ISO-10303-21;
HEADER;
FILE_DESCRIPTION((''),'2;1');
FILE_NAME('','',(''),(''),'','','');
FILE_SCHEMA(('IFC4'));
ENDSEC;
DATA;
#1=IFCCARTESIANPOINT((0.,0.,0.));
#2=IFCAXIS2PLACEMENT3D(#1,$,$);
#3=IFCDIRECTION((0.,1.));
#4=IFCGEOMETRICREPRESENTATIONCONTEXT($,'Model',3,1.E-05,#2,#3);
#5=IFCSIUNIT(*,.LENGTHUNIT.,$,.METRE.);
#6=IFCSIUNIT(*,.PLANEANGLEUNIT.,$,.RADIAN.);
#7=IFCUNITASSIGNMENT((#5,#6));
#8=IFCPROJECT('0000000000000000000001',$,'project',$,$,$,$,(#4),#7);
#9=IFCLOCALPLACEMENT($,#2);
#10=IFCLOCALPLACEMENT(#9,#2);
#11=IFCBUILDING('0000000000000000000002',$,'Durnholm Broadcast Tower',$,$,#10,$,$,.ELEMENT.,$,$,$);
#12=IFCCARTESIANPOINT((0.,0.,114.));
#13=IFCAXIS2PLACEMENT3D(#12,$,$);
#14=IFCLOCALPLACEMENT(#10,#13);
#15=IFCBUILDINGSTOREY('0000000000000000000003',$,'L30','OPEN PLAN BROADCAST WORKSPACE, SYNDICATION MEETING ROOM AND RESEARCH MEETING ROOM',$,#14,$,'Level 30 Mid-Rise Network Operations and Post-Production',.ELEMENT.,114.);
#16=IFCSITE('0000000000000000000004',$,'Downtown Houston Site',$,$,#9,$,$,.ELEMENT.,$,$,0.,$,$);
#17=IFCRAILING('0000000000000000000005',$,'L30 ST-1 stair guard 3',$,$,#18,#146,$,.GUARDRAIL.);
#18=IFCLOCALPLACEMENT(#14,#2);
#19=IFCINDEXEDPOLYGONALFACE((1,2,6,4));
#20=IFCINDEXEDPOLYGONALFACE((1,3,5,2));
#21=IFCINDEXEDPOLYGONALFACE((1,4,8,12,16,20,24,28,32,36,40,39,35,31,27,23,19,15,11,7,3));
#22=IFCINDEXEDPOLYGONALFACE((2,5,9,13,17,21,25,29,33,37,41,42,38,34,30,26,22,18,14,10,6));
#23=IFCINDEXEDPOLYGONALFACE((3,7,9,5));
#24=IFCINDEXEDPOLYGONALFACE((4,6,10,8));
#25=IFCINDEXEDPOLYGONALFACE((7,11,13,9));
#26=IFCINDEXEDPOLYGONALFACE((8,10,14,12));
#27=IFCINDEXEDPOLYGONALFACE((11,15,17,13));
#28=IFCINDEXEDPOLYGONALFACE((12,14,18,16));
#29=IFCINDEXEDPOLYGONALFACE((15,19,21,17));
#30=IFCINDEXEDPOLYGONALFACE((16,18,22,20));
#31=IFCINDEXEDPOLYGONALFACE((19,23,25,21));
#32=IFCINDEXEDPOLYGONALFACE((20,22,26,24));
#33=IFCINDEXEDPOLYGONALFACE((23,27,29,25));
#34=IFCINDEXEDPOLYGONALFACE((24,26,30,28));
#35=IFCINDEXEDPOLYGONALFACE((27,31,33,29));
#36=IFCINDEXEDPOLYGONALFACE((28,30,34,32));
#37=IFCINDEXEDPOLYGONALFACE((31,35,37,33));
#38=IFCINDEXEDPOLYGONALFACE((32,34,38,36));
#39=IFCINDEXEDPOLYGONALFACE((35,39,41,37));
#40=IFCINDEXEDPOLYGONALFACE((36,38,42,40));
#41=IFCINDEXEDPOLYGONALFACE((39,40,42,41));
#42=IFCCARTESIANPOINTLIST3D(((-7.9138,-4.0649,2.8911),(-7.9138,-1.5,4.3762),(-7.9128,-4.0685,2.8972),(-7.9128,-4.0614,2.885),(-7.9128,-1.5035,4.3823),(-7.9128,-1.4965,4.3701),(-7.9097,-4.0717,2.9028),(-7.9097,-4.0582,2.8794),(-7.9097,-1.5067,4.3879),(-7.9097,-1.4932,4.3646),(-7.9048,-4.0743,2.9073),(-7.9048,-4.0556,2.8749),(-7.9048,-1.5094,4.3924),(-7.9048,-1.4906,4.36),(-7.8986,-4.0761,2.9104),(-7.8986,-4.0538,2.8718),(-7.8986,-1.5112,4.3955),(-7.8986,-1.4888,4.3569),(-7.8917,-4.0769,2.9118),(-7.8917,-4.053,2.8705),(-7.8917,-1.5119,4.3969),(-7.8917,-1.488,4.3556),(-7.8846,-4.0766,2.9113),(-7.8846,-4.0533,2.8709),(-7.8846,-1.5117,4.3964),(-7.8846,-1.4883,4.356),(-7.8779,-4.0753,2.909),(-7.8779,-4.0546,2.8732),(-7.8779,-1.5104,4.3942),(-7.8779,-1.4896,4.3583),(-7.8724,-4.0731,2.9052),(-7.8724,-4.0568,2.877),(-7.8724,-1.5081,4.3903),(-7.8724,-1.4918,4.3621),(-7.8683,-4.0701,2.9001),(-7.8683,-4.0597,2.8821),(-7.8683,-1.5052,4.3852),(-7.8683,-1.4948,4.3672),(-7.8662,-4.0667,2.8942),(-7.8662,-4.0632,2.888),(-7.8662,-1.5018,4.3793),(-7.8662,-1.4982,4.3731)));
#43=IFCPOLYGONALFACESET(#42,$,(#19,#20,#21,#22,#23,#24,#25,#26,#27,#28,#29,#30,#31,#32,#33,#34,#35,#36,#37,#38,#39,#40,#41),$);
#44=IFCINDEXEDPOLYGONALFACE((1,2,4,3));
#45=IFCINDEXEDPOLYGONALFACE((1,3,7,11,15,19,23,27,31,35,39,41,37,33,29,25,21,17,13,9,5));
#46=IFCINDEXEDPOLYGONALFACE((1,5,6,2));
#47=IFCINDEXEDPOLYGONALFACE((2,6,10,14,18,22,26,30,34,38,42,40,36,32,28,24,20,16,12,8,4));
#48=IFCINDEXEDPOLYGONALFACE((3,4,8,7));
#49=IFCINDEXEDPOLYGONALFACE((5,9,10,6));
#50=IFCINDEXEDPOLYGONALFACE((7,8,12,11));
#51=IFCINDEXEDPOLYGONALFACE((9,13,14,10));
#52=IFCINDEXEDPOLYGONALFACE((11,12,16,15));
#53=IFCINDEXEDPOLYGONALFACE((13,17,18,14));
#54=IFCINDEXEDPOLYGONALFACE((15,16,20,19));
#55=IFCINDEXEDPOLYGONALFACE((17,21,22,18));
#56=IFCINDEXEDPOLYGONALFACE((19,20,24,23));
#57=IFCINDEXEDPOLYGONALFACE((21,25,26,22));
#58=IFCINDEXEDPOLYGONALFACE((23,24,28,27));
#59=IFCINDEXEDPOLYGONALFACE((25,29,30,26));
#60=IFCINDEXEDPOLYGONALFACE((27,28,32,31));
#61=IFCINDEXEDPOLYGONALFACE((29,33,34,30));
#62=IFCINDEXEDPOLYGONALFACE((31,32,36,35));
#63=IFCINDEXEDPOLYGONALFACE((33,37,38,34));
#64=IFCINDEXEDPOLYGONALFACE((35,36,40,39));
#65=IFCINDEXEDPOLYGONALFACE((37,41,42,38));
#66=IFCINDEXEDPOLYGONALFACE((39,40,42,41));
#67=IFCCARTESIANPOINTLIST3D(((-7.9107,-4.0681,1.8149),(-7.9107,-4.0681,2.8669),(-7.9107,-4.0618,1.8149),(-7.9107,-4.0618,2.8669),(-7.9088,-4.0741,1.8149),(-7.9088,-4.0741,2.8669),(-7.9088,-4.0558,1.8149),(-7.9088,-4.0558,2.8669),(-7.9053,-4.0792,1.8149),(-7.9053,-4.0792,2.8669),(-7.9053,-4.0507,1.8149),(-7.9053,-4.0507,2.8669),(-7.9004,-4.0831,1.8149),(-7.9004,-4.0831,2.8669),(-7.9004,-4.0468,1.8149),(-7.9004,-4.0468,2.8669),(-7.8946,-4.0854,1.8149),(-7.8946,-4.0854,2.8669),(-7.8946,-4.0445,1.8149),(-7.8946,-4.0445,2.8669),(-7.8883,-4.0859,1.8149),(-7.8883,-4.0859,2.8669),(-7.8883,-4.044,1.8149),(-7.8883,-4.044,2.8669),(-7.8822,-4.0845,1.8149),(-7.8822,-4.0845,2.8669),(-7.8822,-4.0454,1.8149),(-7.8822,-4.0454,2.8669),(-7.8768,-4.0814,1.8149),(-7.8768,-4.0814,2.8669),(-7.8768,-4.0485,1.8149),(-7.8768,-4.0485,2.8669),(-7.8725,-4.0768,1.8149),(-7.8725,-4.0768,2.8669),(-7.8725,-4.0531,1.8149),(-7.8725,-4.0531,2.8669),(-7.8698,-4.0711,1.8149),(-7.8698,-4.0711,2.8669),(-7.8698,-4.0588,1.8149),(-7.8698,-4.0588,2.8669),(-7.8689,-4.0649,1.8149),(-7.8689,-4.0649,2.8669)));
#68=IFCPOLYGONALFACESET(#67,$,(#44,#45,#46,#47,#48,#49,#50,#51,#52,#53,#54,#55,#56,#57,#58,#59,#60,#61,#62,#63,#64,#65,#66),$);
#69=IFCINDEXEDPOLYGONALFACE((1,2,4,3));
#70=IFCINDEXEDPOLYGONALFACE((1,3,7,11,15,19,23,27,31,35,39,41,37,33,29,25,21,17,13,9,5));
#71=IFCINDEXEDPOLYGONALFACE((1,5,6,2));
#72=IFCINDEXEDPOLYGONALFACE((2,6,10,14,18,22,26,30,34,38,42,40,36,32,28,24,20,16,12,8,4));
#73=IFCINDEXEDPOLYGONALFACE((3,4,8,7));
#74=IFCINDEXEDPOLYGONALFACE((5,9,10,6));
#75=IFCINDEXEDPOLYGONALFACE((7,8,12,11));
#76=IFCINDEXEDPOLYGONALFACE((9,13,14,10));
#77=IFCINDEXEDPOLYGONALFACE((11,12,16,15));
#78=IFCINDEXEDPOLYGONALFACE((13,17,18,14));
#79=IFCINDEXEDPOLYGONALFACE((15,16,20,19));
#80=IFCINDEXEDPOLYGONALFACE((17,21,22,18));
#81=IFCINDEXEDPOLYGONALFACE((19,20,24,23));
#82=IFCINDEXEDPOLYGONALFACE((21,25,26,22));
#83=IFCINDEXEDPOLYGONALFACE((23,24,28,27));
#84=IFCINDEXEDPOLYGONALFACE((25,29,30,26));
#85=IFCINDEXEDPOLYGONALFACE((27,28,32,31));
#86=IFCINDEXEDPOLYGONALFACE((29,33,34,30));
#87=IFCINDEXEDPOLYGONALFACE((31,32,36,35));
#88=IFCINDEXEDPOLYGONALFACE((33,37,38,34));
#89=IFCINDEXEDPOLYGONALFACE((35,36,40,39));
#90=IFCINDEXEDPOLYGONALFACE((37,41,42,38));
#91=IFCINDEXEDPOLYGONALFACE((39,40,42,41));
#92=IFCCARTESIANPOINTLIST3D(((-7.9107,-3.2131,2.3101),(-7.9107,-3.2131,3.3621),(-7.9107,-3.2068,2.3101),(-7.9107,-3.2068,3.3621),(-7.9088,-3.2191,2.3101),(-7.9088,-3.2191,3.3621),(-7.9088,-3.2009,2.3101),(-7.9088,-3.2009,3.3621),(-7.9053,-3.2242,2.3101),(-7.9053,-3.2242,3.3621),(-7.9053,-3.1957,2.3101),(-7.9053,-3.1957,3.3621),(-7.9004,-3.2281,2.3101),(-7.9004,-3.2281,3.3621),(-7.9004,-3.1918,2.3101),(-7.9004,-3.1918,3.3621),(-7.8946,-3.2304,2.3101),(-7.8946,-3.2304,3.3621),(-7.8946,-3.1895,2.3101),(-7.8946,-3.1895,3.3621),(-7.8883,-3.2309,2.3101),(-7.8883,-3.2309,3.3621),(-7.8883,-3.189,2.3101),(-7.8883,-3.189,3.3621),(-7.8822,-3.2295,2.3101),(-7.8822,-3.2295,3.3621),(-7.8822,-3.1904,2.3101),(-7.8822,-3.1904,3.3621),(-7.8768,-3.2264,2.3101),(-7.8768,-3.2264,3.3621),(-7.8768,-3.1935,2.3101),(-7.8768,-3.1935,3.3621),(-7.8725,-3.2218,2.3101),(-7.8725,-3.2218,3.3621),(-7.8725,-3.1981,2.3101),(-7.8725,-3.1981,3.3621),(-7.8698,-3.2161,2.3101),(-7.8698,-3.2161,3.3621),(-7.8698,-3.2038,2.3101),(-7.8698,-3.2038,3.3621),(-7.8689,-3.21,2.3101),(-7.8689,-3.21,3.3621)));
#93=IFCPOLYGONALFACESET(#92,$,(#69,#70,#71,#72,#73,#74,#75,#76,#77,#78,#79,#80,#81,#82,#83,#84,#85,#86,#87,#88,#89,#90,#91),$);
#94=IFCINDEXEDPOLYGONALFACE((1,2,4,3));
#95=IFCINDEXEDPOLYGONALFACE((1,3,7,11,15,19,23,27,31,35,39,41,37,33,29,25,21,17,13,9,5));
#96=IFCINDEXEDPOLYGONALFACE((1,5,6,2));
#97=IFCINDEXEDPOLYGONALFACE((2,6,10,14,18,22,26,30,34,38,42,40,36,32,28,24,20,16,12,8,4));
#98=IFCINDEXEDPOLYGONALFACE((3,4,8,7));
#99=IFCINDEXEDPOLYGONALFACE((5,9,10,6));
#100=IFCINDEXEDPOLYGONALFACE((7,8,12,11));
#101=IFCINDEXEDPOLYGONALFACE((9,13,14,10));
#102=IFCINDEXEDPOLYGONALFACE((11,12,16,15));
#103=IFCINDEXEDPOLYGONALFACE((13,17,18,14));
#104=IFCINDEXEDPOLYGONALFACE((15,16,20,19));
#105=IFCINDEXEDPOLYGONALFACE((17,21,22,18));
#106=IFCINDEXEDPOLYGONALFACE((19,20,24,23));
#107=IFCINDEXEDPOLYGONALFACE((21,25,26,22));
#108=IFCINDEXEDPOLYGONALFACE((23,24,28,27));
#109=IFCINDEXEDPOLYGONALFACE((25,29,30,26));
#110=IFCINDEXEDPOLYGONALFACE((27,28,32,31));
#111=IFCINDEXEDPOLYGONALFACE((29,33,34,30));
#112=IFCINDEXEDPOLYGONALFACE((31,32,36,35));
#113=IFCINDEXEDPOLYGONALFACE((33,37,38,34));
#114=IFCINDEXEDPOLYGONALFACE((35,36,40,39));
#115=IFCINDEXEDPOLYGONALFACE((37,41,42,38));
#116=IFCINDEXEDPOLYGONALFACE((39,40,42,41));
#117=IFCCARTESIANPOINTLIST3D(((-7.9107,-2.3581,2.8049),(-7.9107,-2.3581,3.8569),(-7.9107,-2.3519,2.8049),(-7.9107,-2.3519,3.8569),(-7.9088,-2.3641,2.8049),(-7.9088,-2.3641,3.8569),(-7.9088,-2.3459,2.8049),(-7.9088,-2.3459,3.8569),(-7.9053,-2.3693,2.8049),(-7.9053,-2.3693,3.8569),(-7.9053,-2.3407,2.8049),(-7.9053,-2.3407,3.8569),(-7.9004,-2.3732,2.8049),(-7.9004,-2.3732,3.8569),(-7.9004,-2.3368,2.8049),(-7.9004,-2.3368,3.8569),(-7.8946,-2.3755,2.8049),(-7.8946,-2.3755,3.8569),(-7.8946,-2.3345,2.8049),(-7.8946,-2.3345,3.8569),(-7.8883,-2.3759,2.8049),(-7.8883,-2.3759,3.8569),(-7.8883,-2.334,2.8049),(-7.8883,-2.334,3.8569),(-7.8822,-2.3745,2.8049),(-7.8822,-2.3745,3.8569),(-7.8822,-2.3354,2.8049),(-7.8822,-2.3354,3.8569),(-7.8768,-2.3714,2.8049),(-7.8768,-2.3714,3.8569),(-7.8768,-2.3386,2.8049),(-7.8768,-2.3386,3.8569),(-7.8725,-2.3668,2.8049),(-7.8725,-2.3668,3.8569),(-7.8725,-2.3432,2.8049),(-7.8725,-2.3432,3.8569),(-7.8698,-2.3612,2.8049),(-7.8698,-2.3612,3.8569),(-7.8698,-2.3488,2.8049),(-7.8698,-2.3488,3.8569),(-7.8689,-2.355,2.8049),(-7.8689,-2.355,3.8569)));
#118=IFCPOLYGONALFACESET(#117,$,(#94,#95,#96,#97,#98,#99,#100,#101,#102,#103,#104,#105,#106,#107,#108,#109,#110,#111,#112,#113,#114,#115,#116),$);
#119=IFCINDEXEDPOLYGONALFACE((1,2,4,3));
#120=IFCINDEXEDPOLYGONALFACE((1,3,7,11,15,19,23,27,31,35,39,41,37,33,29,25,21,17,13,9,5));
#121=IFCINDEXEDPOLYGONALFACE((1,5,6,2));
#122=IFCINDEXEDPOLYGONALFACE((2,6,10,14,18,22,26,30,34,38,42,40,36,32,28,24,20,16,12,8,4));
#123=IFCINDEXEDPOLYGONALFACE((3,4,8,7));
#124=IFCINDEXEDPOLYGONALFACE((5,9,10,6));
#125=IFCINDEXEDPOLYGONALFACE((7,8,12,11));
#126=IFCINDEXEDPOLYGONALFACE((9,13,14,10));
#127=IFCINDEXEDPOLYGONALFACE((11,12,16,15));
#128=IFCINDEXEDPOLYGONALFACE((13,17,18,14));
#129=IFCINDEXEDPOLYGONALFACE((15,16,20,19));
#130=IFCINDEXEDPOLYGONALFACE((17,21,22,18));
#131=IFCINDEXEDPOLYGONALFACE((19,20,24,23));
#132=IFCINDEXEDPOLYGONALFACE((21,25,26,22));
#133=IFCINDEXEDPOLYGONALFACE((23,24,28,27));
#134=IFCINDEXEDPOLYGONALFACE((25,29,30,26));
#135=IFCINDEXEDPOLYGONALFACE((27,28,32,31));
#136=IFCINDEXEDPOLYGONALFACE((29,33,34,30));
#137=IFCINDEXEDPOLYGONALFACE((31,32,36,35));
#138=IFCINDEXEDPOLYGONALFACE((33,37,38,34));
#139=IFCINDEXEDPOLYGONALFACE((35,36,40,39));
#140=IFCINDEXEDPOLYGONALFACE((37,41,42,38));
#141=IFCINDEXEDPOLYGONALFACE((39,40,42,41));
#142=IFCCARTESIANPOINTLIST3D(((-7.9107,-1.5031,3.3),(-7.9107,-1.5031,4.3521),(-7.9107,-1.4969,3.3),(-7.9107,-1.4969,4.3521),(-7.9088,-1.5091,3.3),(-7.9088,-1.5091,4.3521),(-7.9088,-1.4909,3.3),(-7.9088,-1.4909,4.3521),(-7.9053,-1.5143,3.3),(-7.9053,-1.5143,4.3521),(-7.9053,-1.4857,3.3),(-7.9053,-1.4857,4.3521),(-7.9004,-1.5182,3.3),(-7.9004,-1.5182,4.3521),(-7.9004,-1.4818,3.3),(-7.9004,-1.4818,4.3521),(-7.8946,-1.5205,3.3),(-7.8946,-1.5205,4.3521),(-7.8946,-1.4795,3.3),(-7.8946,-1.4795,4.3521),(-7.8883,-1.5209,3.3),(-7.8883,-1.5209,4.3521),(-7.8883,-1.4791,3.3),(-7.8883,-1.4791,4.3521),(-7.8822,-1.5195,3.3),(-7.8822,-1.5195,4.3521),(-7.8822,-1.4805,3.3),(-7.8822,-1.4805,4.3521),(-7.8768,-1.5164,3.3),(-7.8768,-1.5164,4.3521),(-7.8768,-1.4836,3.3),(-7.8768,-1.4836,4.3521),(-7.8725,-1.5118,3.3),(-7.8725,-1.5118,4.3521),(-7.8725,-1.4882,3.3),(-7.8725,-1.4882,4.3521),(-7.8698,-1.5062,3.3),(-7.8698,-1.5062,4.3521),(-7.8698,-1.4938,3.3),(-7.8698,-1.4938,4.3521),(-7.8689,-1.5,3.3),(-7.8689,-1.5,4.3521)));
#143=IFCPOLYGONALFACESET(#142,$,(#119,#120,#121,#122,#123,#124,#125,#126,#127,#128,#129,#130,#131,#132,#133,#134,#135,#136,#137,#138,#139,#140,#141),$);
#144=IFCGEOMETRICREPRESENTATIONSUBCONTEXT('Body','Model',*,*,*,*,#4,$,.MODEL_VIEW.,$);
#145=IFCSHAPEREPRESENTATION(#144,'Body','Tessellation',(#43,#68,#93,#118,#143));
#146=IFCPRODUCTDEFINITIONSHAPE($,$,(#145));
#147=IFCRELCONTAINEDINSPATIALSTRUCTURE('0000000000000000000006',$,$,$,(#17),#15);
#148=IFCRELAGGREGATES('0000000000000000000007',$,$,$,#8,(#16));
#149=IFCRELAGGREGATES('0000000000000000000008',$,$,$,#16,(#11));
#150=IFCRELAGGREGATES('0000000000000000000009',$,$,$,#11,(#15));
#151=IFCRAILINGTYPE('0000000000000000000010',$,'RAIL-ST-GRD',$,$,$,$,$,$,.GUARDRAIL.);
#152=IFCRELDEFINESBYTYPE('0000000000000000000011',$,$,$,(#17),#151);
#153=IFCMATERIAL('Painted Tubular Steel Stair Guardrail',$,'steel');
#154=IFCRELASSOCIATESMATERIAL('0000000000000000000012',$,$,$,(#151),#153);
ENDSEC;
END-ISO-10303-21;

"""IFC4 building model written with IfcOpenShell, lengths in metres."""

from ifc_helpers import new_model, si_unit, direction, frame, origin, origin_2d, place, context, subcontext, project, spatial, circle, extrude, material, type_object, element, save


model = new_model("IFC4")

# Units and contexts
model_context = context("Model", 3, precision=1e-05, world=origin(), true_north=direction((0.0, 1.0)))
body_context = subcontext(model_context, "Body", "Model", "MODEL_VIEW")
ifc_project = project(units=[si_unit("LENGTHUNIT", "METRE"), si_unit("PLANEANGLEUNIT", "RADIAN")], contexts=[model_context])

# Site, building, storey
site_placement = place(None, origin())
site = spatial("IfcSite", under=ifc_project, at=site_placement, Name="Downtown Houston Site", CompositionType="ELEMENT", RefElevation=0.0)
building_placement = place(site_placement, origin())
building = spatial("IfcBuilding", under=site, at=building_placement, Name="Durnholm Broadcast Tower", CompositionType="ELEMENT")
storey_placement = place(building_placement, frame((0.0, 0.0, 114.0)))
storey = spatial("IfcBuildingStorey", under=building, at=storey_placement, Name="L30", Description="OPEN PLAN BROADCAST WORKSPACE, SYNDICATION MEETING ROOM AND RESEARCH MEETING ROOM", LongName="Level 30 Mid-Rise Network Operations and Post-Production", CompositionType="ELEMENT", Elevation=114.0)

# Railing
ifc_material_1 = material(Name="Painted Tubular Steel Stair Guardrail", Category="steel")
railing_type_1 = type_object("IfcRailingType", Name="RAIL-ST-GRD", PredefinedType="GUARDRAIL", material=ifc_material_1)
railing_1_placement = place(storey_placement, frame((-7.8899, -4.0649, 1.8149)))
element("IfcRailing", 1, at=railing_1_placement, inside=storey, type_object=railing_type_1, Name="L30 ST-1 stair guard 3", PredefinedType="GUARDRAIL", context=body_context, shape_type="SweptSolid", body=[
    extrude(circle(Radius=0.0239, at=origin_2d()), frame((0.0, 0.0, 1.0762), z_axis=(0.0, 0.865406, 0.501072), x_axis=(-1.0, 0.0, 0.0)), (0.0, 0.0, 1.0), 2.9639),
    extrude(circle(Radius=0.021, at=origin_2d()), origin(), (0.0, 0.0, 1.0), 1.052),
    extrude(circle(Radius=0.021, at=origin_2d()), frame((0.0, 0.855, 0.4951)), (0.0, 0.0, 1.0), 1.052),
    extrude(circle(Radius=0.021, at=origin_2d()), frame((0.0, 1.71, 0.99)), (0.0, 0.0, 1.0), 1.052),
    extrude(circle(Radius=0.021, at=origin_2d()), frame((0.0, 2.5649, 1.4851)), (0.0, 0.0, 1.0), 1.052),
])

save(model, "model.ifc")
